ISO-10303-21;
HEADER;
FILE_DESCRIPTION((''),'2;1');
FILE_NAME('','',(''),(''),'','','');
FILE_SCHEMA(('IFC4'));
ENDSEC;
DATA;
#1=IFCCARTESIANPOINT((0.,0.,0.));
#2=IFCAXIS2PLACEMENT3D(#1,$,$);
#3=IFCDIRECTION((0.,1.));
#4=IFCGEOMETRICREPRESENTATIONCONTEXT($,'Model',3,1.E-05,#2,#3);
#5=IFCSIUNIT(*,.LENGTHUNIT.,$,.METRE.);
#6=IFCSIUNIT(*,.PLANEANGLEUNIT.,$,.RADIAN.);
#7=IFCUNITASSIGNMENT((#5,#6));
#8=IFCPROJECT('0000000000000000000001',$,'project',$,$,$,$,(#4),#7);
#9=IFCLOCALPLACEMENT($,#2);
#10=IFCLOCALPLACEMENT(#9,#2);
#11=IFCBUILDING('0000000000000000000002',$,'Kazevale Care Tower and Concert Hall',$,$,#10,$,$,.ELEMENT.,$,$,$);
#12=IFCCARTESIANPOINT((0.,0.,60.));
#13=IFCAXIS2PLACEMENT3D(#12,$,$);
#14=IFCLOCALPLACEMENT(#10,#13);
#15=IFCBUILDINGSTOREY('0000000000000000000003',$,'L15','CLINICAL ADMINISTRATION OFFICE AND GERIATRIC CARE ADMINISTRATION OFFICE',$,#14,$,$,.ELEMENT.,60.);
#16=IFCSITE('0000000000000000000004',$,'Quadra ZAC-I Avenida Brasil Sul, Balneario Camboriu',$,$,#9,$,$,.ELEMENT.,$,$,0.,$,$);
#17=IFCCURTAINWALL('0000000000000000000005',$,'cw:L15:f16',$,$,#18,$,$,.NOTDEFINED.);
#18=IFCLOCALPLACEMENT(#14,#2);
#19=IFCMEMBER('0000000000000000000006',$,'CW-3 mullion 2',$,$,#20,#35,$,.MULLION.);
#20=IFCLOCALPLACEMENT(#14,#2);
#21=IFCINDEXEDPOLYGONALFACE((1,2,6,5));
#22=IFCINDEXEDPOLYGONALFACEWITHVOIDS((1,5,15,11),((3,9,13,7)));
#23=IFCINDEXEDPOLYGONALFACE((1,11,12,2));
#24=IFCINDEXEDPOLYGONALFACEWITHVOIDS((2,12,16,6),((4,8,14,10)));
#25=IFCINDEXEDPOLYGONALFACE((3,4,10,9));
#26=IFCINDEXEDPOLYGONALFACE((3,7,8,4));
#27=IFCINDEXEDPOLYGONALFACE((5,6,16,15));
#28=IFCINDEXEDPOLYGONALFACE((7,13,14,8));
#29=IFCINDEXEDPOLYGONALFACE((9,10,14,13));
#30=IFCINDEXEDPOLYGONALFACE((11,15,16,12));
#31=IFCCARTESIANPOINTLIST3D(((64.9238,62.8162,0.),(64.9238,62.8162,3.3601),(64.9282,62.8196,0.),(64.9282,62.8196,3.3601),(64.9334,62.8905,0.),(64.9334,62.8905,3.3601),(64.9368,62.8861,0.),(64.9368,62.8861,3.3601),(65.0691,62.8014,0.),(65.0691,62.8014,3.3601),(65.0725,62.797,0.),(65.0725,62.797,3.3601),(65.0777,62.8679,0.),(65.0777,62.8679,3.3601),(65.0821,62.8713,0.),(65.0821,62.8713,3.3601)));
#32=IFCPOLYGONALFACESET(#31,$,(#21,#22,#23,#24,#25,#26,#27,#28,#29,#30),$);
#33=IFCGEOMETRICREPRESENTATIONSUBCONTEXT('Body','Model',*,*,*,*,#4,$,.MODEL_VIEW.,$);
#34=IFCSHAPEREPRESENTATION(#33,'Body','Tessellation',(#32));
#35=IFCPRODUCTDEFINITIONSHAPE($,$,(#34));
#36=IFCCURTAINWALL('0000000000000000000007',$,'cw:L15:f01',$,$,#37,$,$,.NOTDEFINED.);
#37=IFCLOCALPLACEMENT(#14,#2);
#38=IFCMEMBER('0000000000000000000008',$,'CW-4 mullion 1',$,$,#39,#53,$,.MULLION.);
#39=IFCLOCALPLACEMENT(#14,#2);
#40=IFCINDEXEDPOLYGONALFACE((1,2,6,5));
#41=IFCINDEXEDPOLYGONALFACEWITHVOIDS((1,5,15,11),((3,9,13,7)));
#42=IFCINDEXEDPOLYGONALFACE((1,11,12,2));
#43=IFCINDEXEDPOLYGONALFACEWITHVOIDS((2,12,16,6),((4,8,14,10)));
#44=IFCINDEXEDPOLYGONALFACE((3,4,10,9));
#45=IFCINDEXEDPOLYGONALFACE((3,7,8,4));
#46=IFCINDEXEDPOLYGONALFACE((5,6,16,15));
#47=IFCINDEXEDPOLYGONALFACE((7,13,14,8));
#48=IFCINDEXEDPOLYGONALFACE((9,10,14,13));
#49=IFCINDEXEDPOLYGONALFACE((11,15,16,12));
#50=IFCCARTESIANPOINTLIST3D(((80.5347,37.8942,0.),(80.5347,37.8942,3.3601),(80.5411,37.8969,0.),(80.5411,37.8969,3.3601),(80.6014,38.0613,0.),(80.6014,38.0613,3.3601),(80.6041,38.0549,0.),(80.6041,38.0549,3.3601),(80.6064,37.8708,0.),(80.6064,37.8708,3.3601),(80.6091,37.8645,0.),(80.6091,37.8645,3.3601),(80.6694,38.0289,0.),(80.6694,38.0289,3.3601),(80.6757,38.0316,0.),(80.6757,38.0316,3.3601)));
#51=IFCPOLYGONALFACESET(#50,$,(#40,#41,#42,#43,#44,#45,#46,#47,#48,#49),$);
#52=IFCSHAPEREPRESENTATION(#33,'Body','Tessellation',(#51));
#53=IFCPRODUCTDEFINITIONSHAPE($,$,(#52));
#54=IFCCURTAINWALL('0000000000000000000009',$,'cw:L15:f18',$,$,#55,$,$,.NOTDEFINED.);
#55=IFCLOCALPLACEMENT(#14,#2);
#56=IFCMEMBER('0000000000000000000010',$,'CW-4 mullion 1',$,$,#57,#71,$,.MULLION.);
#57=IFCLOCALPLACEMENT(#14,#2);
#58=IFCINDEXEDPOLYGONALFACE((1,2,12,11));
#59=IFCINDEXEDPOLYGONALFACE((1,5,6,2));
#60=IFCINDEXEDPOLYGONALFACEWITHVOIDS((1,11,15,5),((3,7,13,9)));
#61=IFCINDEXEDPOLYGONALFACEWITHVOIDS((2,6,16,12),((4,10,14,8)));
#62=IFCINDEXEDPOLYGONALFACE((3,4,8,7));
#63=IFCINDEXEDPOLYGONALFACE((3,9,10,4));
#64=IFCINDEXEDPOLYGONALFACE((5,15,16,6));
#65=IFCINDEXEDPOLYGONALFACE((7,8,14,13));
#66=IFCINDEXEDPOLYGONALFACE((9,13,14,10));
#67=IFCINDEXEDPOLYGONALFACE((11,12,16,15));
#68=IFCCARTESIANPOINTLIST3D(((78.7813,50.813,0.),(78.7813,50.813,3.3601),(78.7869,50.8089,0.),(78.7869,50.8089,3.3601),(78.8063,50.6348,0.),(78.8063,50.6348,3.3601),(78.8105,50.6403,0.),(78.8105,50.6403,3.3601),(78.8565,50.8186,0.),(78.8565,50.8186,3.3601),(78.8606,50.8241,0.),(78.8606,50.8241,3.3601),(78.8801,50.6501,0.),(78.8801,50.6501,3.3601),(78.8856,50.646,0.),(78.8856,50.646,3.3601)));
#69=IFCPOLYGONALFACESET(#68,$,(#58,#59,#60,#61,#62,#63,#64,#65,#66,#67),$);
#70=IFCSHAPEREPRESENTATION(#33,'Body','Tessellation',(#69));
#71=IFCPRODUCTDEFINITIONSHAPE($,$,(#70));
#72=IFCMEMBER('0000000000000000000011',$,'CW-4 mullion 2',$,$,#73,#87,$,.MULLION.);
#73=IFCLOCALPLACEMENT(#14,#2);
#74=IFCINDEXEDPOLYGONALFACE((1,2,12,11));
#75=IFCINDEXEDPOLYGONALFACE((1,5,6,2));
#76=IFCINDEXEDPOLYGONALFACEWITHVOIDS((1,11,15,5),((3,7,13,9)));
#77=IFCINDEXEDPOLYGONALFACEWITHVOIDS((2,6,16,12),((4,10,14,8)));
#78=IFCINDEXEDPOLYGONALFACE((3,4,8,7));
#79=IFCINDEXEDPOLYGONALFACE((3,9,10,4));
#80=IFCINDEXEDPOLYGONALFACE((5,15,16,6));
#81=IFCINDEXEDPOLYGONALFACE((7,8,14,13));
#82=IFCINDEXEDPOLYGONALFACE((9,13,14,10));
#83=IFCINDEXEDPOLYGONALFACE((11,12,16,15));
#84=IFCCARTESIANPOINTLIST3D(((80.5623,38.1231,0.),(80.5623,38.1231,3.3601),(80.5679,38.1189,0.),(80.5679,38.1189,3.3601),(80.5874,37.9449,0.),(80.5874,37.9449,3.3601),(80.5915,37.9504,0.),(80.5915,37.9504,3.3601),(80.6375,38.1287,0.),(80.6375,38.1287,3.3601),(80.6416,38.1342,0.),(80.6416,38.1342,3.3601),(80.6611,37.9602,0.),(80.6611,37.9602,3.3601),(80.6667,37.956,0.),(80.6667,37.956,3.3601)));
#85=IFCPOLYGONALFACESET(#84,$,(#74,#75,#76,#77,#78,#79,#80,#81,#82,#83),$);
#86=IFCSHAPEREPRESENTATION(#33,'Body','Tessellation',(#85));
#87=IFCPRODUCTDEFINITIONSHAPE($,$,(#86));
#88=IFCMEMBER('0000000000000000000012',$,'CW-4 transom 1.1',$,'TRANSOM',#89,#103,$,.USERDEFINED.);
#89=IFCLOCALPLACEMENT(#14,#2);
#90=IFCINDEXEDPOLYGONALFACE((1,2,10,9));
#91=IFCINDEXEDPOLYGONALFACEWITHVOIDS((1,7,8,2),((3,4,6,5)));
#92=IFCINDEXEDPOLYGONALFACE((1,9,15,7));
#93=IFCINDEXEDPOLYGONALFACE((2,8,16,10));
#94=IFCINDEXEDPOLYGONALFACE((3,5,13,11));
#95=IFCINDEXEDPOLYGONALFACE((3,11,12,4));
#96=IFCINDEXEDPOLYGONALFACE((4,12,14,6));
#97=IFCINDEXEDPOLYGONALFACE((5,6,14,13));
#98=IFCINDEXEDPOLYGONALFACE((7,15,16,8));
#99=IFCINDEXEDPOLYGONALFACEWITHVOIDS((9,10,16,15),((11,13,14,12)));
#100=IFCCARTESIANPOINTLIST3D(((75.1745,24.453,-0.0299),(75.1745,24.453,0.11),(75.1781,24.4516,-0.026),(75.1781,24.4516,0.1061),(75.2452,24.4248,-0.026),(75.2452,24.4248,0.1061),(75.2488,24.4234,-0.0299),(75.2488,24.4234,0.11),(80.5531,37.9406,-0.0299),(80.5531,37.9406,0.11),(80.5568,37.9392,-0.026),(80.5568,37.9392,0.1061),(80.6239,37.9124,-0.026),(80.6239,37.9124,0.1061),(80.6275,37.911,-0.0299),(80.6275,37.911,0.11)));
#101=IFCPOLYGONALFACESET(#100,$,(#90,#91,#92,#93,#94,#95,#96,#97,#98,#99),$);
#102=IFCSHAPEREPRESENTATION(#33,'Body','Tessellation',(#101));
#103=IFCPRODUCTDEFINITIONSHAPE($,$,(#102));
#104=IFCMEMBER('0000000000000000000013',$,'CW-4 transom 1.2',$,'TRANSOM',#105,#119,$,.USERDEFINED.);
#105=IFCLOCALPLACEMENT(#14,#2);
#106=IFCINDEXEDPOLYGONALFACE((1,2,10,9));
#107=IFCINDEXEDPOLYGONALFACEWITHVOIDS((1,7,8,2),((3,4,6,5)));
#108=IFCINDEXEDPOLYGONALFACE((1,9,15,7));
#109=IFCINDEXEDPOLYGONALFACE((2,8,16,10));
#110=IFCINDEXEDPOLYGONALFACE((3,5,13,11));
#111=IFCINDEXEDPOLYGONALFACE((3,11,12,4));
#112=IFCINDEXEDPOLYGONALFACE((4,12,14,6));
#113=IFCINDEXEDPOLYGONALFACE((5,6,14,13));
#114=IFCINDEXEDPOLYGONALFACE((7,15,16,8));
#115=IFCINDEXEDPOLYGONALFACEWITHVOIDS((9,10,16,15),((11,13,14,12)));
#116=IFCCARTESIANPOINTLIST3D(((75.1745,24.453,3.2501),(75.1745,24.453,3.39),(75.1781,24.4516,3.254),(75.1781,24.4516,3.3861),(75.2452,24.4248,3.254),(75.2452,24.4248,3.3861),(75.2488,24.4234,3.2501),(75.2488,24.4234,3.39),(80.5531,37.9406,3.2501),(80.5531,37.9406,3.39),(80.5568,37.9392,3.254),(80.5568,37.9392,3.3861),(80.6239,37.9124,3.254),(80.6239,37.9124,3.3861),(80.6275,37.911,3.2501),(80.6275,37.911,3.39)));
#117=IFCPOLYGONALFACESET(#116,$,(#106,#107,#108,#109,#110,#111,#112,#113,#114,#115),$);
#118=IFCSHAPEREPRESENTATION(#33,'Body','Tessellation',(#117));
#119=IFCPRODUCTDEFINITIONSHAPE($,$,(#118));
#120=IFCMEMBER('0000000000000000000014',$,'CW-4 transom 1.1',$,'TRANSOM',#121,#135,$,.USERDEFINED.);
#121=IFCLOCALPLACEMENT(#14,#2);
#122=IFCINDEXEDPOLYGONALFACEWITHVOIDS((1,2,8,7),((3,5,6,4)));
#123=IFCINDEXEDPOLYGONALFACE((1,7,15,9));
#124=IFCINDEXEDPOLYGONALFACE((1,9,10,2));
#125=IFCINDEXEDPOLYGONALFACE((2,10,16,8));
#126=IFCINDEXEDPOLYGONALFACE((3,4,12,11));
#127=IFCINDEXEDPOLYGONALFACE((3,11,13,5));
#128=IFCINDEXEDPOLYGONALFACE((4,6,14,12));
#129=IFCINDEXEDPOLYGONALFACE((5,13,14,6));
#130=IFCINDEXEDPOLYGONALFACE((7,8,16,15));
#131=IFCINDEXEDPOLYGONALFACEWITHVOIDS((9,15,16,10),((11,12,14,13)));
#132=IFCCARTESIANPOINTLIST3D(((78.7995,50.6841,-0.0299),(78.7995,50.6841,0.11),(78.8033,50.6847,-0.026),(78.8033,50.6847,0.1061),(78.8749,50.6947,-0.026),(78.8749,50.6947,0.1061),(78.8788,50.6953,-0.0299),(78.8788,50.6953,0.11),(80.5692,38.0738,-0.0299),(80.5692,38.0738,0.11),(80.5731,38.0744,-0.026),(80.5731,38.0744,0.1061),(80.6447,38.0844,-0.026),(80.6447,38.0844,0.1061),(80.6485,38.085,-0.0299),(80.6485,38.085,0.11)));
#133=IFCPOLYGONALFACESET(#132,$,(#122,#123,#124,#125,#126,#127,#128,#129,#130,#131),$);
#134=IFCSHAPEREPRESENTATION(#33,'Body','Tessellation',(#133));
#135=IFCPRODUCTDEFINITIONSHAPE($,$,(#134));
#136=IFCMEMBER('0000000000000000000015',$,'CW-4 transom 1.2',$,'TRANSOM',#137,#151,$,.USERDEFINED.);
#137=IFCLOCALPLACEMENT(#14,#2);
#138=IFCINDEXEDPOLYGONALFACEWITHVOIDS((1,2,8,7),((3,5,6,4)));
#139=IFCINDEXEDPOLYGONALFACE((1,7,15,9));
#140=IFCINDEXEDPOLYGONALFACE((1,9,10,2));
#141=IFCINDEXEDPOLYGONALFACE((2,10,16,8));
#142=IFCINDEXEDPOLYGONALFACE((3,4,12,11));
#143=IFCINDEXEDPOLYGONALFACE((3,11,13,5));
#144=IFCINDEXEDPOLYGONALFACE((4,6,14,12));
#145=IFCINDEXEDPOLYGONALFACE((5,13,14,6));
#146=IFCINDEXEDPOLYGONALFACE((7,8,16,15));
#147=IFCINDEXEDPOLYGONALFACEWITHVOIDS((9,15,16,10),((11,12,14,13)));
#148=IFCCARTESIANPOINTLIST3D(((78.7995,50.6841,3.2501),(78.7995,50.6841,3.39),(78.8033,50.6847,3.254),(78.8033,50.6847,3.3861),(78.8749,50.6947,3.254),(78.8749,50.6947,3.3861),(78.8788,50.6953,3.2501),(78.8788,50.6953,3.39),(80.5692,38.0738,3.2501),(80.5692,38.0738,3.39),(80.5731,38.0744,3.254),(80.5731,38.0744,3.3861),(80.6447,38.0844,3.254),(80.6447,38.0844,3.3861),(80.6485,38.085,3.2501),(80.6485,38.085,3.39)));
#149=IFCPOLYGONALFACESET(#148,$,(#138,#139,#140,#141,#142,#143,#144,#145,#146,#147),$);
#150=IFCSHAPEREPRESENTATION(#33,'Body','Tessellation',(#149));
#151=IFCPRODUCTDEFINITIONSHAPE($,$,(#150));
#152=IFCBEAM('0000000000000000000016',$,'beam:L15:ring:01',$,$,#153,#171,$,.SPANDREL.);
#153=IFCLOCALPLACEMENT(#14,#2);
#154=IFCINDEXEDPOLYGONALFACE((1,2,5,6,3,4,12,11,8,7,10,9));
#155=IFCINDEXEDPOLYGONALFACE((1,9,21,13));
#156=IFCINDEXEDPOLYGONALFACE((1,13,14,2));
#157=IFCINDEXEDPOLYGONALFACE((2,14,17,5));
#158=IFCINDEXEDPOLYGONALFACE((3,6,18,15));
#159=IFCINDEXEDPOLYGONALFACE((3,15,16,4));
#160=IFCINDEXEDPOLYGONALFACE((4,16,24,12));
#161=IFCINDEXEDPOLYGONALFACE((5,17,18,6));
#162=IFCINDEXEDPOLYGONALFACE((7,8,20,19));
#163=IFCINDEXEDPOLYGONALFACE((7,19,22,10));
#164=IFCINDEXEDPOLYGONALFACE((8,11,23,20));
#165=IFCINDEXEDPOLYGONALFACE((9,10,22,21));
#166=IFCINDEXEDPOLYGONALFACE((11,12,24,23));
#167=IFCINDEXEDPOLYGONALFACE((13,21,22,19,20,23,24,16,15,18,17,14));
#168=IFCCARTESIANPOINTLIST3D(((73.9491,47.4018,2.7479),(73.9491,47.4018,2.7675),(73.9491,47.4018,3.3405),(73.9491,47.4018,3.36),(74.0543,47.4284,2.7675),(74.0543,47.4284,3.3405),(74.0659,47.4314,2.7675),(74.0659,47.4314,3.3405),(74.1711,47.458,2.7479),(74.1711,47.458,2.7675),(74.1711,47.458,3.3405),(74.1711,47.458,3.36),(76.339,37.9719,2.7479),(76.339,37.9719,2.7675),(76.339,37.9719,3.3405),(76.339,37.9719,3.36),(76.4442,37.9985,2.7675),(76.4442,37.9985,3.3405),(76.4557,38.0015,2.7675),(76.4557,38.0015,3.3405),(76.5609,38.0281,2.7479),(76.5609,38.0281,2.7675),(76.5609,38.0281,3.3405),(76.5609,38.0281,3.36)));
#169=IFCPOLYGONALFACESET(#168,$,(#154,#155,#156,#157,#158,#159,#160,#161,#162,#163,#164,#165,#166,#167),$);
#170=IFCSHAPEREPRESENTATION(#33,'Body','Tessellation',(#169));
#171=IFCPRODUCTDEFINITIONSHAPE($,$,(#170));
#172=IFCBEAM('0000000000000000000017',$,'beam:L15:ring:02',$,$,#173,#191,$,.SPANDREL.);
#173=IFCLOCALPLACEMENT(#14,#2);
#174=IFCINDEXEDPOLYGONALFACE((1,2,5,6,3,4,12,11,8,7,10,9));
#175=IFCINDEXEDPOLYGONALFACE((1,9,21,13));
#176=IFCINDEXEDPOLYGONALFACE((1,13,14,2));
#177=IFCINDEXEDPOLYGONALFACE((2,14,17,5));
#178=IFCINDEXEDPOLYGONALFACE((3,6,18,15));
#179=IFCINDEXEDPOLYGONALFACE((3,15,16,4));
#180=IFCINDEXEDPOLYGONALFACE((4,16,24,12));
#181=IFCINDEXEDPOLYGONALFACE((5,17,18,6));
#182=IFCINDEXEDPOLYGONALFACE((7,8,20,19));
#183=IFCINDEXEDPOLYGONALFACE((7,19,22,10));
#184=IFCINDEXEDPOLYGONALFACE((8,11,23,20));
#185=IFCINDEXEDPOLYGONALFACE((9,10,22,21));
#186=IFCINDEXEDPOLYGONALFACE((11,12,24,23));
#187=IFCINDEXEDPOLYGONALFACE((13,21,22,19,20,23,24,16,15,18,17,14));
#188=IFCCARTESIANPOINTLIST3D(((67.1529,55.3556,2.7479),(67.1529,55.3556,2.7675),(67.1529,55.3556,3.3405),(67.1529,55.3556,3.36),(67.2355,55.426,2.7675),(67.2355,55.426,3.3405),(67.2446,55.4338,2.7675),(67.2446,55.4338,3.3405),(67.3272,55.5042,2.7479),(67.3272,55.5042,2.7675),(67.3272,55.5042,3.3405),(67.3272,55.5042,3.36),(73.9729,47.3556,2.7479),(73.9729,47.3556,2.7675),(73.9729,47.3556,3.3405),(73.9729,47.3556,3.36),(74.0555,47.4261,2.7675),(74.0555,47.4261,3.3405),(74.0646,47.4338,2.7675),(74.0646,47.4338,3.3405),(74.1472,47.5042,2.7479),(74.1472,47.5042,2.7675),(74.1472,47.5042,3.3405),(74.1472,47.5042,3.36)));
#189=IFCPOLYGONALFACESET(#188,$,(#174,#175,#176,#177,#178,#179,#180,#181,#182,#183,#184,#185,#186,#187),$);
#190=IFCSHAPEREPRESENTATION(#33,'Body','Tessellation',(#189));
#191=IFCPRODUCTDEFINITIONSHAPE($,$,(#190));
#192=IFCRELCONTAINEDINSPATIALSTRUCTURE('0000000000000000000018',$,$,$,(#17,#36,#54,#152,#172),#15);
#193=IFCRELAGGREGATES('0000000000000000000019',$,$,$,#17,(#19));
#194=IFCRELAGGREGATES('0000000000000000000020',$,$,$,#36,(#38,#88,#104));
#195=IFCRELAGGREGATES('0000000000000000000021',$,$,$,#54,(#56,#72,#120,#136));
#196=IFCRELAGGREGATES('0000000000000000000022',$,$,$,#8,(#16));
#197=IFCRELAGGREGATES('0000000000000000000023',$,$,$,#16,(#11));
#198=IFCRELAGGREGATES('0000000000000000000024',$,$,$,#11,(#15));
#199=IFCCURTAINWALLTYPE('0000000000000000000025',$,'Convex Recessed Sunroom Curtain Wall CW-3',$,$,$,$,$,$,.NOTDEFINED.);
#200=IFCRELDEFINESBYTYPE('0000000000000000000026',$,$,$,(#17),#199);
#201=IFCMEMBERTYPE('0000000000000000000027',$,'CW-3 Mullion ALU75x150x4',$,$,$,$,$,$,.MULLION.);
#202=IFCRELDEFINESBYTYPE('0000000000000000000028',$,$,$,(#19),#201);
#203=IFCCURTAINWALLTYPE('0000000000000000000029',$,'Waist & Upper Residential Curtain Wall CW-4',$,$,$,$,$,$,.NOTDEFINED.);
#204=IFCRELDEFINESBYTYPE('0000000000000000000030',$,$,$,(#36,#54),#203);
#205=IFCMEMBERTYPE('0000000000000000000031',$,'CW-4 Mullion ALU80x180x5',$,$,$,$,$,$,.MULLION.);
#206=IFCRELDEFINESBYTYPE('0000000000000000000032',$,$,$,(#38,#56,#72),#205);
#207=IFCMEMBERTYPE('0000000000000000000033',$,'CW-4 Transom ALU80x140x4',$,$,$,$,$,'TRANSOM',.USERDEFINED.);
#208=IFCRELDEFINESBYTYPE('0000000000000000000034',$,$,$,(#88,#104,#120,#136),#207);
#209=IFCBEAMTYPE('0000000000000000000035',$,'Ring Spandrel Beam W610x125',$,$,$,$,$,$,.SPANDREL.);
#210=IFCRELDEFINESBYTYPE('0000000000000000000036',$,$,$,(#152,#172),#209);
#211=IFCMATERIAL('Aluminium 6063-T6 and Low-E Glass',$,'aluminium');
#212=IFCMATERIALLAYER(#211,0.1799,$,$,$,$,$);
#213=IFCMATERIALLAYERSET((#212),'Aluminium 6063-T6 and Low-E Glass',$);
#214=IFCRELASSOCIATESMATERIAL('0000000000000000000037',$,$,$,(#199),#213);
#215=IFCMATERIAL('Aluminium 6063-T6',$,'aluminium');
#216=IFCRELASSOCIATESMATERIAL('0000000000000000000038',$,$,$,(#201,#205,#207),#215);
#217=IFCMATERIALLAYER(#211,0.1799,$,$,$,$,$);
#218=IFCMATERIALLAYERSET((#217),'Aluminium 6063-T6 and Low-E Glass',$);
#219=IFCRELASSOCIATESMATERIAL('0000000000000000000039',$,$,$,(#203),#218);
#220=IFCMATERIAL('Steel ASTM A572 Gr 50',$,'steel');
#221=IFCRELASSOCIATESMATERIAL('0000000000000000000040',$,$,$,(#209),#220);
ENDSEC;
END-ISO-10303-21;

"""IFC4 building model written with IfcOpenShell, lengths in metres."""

from ifc_helpers import new_model, si_unit, direction, frame, origin, origin_2d, place, context, subcontext, project, spatial, hollow_rectangle, i_section, extrude, material, layer, layer_set, material_profile, profile_set, type_object, element, aggregate, save


model = new_model("IFC4")

# Units and contexts
model_context = context("Model", 3, precision=1e-05, world=origin(), true_north=direction((0.0, 1.0)))
body_context = subcontext(model_context, "Body", "Model", "MODEL_VIEW")
ifc_project = project(units=[si_unit("LENGTHUNIT", "METRE"), si_unit("PLANEANGLEUNIT", "RADIAN")], contexts=[model_context])

# Site, building, storey
site_placement = place(None, origin())
site = spatial("IfcSite", under=ifc_project, at=site_placement, Name="Quadra ZAC-I Avenida Brasil Sul, Balneario Camboriu", CompositionType="ELEMENT", RefElevation=0.0)
building_placement = place(site_placement, origin())
building = spatial("IfcBuilding", under=site, at=building_placement, Name="Kazevale Care Tower and Concert Hall", CompositionType="ELEMENT")
storey_placement = place(building_placement, frame((0.0, 0.0, 60.0)))
storey = spatial("IfcBuildingStorey", under=building, at=storey_placement, Name="L15", Description="CLINICAL ADMINISTRATION OFFICE AND GERIATRIC CARE ADMINISTRATION OFFICE", CompositionType="ELEMENT", Elevation=60.0)

# Curtain walls, members
ifc_material_1 = material(Name="Aluminium 6063-T6 and Low-E Glass", Category="aluminium")
ifc_layer_1 = layer(ifc_material_1, 0.1799)
ifc_layer_set_1 = layer_set([ifc_layer_1], Name="Aluminium 6063-T6 and Low-E Glass")
curtain_wall_type_1 = type_object("IfcCurtainWallType", Name="Convex Recessed Sunroom Curtain Wall CW-3", PredefinedType="NOTDEFINED", material=ifc_layer_set_1)
curtain_wall_1_placement = place(storey_placement, origin())
curtain_wall_1 = element("IfcCurtainWall", 1, at=curtain_wall_1_placement, inside=storey, type_object=curtain_wall_type_1, Name="cw:L15:f16", PredefinedType="NOTDEFINED")
ifc_material_2 = material(Name="Aluminium 6063-T6", Category="aluminium")
ifc_material_profile_1 = material_profile(ifc_material_2, hollow_rectangle(XDim=0.075, YDim=0.1499, WallThickness=0.0039, at=origin_2d()), Name="ALU75x150x4")
ifc_profile_set_1 = profile_set([ifc_material_profile_1], Name="Aluminium 6063-T6")
member_type_1 = type_object("IfcMemberType", Name="CW-3 Mullion ALU75x150x4", PredefinedType="MULLION", material=ifc_profile_set_1)
member_1_placement = place(storey_placement, frame((65.0029, 62.8438, 0.0), z_axis=(0.0, 0.0, 1.0), x_axis=(0.128086, 0.991763, 0.0)))
member_1 = element("IfcMember", 2, at=member_1_placement, type_object=member_type_1, Name="CW-3 mullion 2", PredefinedType="MULLION", context=body_context, shape_type="SweptSolid", body=[
    extrude(hollow_rectangle(XDim=0.075, YDim=0.1499, WallThickness=0.0039, at=origin_2d()), origin(), (0.0, 0.0, 1.0), 3.3601),
])
ifc_layer_2 = layer(ifc_material_1, 0.1799)
ifc_layer_set_2 = layer_set([ifc_layer_2], Name="Aluminium 6063-T6 and Low-E Glass")
curtain_wall_type_2 = type_object("IfcCurtainWallType", Name="Waist & Upper Residential Curtain Wall CW-4", PredefinedType="NOTDEFINED", material=ifc_layer_set_2)
curtain_wall_2_placement = place(storey_placement, origin())
curtain_wall_2 = element("IfcCurtainWall", 3, at=curtain_wall_2_placement, inside=storey, type_object=curtain_wall_type_2, Name="cw:L15:f01", PredefinedType="NOTDEFINED")
ifc_material_profile_2 = material_profile(ifc_material_2, hollow_rectangle(XDim=0.0801, YDim=0.1799, WallThickness=0.0049, at=origin_2d()), Name="ALU80x180x5")
ifc_profile_set_2 = profile_set([ifc_material_profile_2], Name="Aluminium 6063-T6")
member_type_2 = type_object("IfcMemberType", Name="CW-4 Mullion ALU80x180x5", PredefinedType="MULLION", material=ifc_profile_set_2)
member_2_placement = place(storey_placement, frame((80.6052, 37.9629, 0.0), z_axis=(0.0, 0.0, 1.0), x_axis=(0.928861, -0.370427, 0.0)))
member_2 = element("IfcMember", 4, at=member_2_placement, type_object=member_type_2, Name="CW-4 mullion 1", PredefinedType="MULLION", context=body_context, shape_type="SweptSolid", body=[
    extrude(hollow_rectangle(XDim=0.0801, YDim=0.1799, WallThickness=0.0049, at=origin_2d()), origin(), (0.0, 0.0, 1.0), 3.3601),
])

# Curtain wall, members
curtain_wall_3_placement = place(storey_placement, origin())
curtain_wall_3 = element("IfcCurtainWall", 5, at=curtain_wall_3_placement, inside=storey, type_object=curtain_wall_type_2, Name="cw:L15:f18", PredefinedType="NOTDEFINED")
member_3_placement = place(storey_placement, frame((78.8335, 50.7295, 0.0), z_axis=(0.0, 0.0, 1.0), x_axis=(0.990295, 0.138978, 0.0)))
member_3 = element("IfcMember", 6, at=member_3_placement, type_object=member_type_2, Name="CW-4 mullion 1", PredefinedType="MULLION", context=body_context, shape_type="SweptSolid", body=[
    extrude(hollow_rectangle(XDim=0.0801, YDim=0.1799, WallThickness=0.0049, at=origin_2d()), origin(), (0.0, 0.0, 1.0), 3.3601),
])
member_4_placement = place(storey_placement, frame((80.6145, 38.0396, 0.0), z_axis=(0.0, 0.0, 1.0), x_axis=(0.990295, 0.138978, 0.0)))
member_4 = element("IfcMember", 7, at=member_4_placement, type_object=member_type_2, Name="CW-4 mullion 2", PredefinedType="MULLION", context=body_context, shape_type="SweptSolid", body=[
    extrude(hollow_rectangle(XDim=0.0801, YDim=0.1799, WallThickness=0.0049, at=origin_2d()), origin(), (0.0, 0.0, 1.0), 3.3601),
])

# Members
ifc_material_profile_3 = material_profile(ifc_material_2, hollow_rectangle(XDim=0.0801, YDim=0.1399, WallThickness=0.0039, at=origin_2d()), Name="ALU80x140x4")
ifc_profile_set_3 = profile_set([ifc_material_profile_3], Name="Aluminium 6063-T6")
member_type_3 = type_object("IfcMemberType", Name="CW-4 Transom ALU80x140x4", ElementType="TRANSOM", PredefinedType="USERDEFINED", material=ifc_profile_set_3)
member_5_placement = place(storey_placement, frame((80.5903, 37.9258, 0.04), z_axis=(-0.370419, -0.928865, 0.0), x_axis=(0.928865, -0.370419, 0.0)))
member_5 = element("IfcMember", 8, at=member_5_placement, type_object=member_type_3, Name="CW-4 transom 1.1", ObjectType="TRANSOM", PredefinedType="USERDEFINED", context=body_context, shape_type="SweptSolid", body=[
    extrude(hollow_rectangle(XDim=0.0801, YDim=0.1399, WallThickness=0.0039, at=origin_2d()), origin(), (0.0, 0.0, 1.0), 14.5205),
])
member_6_placement = place(storey_placement, frame((80.5903, 37.9258, 3.3201), z_axis=(-0.370419, -0.928865, 0.0), x_axis=(0.928865, -0.370419, 0.0)))
member_6 = element("IfcMember", 9, at=member_6_placement, type_object=member_type_3, Name="CW-4 transom 1.2", ObjectType="TRANSOM", PredefinedType="USERDEFINED", context=body_context, shape_type="SweptSolid", body=[
    extrude(hollow_rectangle(XDim=0.0801, YDim=0.1399, WallThickness=0.0039, at=origin_2d()), origin(), (0.0, 0.0, 1.0), 14.5205),
])
member_7_placement = place(storey_placement, frame((78.8391, 50.6897, 0.04), z_axis=(0.138981, -0.990295, 0.0), x_axis=(0.990295, 0.138981, 0.0)))
member_7 = element("IfcMember", 10, at=member_7_placement, type_object=member_type_3, Name="CW-4 transom 1.1", ObjectType="TRANSOM", PredefinedType="USERDEFINED", context=body_context, shape_type="SweptSolid", body=[
    extrude(hollow_rectangle(XDim=0.0801, YDim=0.1399, WallThickness=0.0039, at=origin_2d()), origin(), (0.0, 0.0, 1.0), 12.7339),
])
member_8_placement = place(storey_placement, frame((78.8391, 50.6897, 3.3201), z_axis=(0.138981, -0.990295, 0.0), x_axis=(0.990295, 0.138981, 0.0)))
member_8 = element("IfcMember", 11, at=member_8_placement, type_object=member_type_3, Name="CW-4 transom 1.2", ObjectType="TRANSOM", PredefinedType="USERDEFINED", context=body_context, shape_type="SweptSolid", body=[
    extrude(hollow_rectangle(XDim=0.0801, YDim=0.1399, WallThickness=0.0039, at=origin_2d()), origin(), (0.0, 0.0, 1.0), 12.7339),
])

# Beams
ifc_material_3 = material(Name="Steel ASTM A572 Gr 50", Category="steel")
ifc_material_profile_4 = material_profile(ifc_material_3, i_section(OverallWidth=0.229, OverallDepth=0.6121, WebThickness=0.012, FlangeThickness=0.0195, at=origin_2d()), Name="W610x125")
ifc_profile_set_4 = profile_set([ifc_material_profile_4], Name="Steel ASTM A572 Gr 50")
beam_type_1 = type_object("IfcBeamType", Name="Ring Spandrel Beam W610x125", PredefinedType="SPANDREL", material=ifc_profile_set_4)
beam_1_placement = place(storey_placement, frame((76.45, 38.0, 3.054), z_axis=(-0.24567, 0.969354, 0.0), x_axis=(-0.969354, -0.24567, 0.0)))
element("IfcBeam", 12, at=beam_1_placement, inside=storey, type_object=beam_type_1, Name="beam:L15:ring:01", PredefinedType="SPANDREL", context=body_context, shape_type="SweptSolid", body=[
    extrude(i_section(OverallWidth=0.229, OverallDepth=0.6121, WebThickness=0.012, FlangeThickness=0.0195, at=origin_2d()), origin(), (0.0, 0.0, 1.0), 9.728),
])
beam_2_placement = place(storey_placement, frame((74.0601, 47.4299, 3.054), z_axis=(-0.648756, 0.760996, 0.0), x_axis=(-0.760996, -0.648756, 0.0)))
element("IfcBeam", 13, at=beam_2_placement, inside=storey, type_object=beam_type_1, Name="beam:L15:ring:02", PredefinedType="SPANDREL", context=body_context, shape_type="SweptSolid", body=[
    extrude(i_section(OverallWidth=0.229, OverallDepth=0.6121, WebThickness=0.012, FlangeThickness=0.0195, at=origin_2d()), origin(), (0.0, 0.0, 1.0), 10.5125),
])

aggregate(curtain_wall_1, [member_1])
aggregate(curtain_wall_2, [member_2, member_5, member_6])
aggregate(curtain_wall_3, [member_3, member_4, member_7, member_8])

save(model, "model.ifc")
